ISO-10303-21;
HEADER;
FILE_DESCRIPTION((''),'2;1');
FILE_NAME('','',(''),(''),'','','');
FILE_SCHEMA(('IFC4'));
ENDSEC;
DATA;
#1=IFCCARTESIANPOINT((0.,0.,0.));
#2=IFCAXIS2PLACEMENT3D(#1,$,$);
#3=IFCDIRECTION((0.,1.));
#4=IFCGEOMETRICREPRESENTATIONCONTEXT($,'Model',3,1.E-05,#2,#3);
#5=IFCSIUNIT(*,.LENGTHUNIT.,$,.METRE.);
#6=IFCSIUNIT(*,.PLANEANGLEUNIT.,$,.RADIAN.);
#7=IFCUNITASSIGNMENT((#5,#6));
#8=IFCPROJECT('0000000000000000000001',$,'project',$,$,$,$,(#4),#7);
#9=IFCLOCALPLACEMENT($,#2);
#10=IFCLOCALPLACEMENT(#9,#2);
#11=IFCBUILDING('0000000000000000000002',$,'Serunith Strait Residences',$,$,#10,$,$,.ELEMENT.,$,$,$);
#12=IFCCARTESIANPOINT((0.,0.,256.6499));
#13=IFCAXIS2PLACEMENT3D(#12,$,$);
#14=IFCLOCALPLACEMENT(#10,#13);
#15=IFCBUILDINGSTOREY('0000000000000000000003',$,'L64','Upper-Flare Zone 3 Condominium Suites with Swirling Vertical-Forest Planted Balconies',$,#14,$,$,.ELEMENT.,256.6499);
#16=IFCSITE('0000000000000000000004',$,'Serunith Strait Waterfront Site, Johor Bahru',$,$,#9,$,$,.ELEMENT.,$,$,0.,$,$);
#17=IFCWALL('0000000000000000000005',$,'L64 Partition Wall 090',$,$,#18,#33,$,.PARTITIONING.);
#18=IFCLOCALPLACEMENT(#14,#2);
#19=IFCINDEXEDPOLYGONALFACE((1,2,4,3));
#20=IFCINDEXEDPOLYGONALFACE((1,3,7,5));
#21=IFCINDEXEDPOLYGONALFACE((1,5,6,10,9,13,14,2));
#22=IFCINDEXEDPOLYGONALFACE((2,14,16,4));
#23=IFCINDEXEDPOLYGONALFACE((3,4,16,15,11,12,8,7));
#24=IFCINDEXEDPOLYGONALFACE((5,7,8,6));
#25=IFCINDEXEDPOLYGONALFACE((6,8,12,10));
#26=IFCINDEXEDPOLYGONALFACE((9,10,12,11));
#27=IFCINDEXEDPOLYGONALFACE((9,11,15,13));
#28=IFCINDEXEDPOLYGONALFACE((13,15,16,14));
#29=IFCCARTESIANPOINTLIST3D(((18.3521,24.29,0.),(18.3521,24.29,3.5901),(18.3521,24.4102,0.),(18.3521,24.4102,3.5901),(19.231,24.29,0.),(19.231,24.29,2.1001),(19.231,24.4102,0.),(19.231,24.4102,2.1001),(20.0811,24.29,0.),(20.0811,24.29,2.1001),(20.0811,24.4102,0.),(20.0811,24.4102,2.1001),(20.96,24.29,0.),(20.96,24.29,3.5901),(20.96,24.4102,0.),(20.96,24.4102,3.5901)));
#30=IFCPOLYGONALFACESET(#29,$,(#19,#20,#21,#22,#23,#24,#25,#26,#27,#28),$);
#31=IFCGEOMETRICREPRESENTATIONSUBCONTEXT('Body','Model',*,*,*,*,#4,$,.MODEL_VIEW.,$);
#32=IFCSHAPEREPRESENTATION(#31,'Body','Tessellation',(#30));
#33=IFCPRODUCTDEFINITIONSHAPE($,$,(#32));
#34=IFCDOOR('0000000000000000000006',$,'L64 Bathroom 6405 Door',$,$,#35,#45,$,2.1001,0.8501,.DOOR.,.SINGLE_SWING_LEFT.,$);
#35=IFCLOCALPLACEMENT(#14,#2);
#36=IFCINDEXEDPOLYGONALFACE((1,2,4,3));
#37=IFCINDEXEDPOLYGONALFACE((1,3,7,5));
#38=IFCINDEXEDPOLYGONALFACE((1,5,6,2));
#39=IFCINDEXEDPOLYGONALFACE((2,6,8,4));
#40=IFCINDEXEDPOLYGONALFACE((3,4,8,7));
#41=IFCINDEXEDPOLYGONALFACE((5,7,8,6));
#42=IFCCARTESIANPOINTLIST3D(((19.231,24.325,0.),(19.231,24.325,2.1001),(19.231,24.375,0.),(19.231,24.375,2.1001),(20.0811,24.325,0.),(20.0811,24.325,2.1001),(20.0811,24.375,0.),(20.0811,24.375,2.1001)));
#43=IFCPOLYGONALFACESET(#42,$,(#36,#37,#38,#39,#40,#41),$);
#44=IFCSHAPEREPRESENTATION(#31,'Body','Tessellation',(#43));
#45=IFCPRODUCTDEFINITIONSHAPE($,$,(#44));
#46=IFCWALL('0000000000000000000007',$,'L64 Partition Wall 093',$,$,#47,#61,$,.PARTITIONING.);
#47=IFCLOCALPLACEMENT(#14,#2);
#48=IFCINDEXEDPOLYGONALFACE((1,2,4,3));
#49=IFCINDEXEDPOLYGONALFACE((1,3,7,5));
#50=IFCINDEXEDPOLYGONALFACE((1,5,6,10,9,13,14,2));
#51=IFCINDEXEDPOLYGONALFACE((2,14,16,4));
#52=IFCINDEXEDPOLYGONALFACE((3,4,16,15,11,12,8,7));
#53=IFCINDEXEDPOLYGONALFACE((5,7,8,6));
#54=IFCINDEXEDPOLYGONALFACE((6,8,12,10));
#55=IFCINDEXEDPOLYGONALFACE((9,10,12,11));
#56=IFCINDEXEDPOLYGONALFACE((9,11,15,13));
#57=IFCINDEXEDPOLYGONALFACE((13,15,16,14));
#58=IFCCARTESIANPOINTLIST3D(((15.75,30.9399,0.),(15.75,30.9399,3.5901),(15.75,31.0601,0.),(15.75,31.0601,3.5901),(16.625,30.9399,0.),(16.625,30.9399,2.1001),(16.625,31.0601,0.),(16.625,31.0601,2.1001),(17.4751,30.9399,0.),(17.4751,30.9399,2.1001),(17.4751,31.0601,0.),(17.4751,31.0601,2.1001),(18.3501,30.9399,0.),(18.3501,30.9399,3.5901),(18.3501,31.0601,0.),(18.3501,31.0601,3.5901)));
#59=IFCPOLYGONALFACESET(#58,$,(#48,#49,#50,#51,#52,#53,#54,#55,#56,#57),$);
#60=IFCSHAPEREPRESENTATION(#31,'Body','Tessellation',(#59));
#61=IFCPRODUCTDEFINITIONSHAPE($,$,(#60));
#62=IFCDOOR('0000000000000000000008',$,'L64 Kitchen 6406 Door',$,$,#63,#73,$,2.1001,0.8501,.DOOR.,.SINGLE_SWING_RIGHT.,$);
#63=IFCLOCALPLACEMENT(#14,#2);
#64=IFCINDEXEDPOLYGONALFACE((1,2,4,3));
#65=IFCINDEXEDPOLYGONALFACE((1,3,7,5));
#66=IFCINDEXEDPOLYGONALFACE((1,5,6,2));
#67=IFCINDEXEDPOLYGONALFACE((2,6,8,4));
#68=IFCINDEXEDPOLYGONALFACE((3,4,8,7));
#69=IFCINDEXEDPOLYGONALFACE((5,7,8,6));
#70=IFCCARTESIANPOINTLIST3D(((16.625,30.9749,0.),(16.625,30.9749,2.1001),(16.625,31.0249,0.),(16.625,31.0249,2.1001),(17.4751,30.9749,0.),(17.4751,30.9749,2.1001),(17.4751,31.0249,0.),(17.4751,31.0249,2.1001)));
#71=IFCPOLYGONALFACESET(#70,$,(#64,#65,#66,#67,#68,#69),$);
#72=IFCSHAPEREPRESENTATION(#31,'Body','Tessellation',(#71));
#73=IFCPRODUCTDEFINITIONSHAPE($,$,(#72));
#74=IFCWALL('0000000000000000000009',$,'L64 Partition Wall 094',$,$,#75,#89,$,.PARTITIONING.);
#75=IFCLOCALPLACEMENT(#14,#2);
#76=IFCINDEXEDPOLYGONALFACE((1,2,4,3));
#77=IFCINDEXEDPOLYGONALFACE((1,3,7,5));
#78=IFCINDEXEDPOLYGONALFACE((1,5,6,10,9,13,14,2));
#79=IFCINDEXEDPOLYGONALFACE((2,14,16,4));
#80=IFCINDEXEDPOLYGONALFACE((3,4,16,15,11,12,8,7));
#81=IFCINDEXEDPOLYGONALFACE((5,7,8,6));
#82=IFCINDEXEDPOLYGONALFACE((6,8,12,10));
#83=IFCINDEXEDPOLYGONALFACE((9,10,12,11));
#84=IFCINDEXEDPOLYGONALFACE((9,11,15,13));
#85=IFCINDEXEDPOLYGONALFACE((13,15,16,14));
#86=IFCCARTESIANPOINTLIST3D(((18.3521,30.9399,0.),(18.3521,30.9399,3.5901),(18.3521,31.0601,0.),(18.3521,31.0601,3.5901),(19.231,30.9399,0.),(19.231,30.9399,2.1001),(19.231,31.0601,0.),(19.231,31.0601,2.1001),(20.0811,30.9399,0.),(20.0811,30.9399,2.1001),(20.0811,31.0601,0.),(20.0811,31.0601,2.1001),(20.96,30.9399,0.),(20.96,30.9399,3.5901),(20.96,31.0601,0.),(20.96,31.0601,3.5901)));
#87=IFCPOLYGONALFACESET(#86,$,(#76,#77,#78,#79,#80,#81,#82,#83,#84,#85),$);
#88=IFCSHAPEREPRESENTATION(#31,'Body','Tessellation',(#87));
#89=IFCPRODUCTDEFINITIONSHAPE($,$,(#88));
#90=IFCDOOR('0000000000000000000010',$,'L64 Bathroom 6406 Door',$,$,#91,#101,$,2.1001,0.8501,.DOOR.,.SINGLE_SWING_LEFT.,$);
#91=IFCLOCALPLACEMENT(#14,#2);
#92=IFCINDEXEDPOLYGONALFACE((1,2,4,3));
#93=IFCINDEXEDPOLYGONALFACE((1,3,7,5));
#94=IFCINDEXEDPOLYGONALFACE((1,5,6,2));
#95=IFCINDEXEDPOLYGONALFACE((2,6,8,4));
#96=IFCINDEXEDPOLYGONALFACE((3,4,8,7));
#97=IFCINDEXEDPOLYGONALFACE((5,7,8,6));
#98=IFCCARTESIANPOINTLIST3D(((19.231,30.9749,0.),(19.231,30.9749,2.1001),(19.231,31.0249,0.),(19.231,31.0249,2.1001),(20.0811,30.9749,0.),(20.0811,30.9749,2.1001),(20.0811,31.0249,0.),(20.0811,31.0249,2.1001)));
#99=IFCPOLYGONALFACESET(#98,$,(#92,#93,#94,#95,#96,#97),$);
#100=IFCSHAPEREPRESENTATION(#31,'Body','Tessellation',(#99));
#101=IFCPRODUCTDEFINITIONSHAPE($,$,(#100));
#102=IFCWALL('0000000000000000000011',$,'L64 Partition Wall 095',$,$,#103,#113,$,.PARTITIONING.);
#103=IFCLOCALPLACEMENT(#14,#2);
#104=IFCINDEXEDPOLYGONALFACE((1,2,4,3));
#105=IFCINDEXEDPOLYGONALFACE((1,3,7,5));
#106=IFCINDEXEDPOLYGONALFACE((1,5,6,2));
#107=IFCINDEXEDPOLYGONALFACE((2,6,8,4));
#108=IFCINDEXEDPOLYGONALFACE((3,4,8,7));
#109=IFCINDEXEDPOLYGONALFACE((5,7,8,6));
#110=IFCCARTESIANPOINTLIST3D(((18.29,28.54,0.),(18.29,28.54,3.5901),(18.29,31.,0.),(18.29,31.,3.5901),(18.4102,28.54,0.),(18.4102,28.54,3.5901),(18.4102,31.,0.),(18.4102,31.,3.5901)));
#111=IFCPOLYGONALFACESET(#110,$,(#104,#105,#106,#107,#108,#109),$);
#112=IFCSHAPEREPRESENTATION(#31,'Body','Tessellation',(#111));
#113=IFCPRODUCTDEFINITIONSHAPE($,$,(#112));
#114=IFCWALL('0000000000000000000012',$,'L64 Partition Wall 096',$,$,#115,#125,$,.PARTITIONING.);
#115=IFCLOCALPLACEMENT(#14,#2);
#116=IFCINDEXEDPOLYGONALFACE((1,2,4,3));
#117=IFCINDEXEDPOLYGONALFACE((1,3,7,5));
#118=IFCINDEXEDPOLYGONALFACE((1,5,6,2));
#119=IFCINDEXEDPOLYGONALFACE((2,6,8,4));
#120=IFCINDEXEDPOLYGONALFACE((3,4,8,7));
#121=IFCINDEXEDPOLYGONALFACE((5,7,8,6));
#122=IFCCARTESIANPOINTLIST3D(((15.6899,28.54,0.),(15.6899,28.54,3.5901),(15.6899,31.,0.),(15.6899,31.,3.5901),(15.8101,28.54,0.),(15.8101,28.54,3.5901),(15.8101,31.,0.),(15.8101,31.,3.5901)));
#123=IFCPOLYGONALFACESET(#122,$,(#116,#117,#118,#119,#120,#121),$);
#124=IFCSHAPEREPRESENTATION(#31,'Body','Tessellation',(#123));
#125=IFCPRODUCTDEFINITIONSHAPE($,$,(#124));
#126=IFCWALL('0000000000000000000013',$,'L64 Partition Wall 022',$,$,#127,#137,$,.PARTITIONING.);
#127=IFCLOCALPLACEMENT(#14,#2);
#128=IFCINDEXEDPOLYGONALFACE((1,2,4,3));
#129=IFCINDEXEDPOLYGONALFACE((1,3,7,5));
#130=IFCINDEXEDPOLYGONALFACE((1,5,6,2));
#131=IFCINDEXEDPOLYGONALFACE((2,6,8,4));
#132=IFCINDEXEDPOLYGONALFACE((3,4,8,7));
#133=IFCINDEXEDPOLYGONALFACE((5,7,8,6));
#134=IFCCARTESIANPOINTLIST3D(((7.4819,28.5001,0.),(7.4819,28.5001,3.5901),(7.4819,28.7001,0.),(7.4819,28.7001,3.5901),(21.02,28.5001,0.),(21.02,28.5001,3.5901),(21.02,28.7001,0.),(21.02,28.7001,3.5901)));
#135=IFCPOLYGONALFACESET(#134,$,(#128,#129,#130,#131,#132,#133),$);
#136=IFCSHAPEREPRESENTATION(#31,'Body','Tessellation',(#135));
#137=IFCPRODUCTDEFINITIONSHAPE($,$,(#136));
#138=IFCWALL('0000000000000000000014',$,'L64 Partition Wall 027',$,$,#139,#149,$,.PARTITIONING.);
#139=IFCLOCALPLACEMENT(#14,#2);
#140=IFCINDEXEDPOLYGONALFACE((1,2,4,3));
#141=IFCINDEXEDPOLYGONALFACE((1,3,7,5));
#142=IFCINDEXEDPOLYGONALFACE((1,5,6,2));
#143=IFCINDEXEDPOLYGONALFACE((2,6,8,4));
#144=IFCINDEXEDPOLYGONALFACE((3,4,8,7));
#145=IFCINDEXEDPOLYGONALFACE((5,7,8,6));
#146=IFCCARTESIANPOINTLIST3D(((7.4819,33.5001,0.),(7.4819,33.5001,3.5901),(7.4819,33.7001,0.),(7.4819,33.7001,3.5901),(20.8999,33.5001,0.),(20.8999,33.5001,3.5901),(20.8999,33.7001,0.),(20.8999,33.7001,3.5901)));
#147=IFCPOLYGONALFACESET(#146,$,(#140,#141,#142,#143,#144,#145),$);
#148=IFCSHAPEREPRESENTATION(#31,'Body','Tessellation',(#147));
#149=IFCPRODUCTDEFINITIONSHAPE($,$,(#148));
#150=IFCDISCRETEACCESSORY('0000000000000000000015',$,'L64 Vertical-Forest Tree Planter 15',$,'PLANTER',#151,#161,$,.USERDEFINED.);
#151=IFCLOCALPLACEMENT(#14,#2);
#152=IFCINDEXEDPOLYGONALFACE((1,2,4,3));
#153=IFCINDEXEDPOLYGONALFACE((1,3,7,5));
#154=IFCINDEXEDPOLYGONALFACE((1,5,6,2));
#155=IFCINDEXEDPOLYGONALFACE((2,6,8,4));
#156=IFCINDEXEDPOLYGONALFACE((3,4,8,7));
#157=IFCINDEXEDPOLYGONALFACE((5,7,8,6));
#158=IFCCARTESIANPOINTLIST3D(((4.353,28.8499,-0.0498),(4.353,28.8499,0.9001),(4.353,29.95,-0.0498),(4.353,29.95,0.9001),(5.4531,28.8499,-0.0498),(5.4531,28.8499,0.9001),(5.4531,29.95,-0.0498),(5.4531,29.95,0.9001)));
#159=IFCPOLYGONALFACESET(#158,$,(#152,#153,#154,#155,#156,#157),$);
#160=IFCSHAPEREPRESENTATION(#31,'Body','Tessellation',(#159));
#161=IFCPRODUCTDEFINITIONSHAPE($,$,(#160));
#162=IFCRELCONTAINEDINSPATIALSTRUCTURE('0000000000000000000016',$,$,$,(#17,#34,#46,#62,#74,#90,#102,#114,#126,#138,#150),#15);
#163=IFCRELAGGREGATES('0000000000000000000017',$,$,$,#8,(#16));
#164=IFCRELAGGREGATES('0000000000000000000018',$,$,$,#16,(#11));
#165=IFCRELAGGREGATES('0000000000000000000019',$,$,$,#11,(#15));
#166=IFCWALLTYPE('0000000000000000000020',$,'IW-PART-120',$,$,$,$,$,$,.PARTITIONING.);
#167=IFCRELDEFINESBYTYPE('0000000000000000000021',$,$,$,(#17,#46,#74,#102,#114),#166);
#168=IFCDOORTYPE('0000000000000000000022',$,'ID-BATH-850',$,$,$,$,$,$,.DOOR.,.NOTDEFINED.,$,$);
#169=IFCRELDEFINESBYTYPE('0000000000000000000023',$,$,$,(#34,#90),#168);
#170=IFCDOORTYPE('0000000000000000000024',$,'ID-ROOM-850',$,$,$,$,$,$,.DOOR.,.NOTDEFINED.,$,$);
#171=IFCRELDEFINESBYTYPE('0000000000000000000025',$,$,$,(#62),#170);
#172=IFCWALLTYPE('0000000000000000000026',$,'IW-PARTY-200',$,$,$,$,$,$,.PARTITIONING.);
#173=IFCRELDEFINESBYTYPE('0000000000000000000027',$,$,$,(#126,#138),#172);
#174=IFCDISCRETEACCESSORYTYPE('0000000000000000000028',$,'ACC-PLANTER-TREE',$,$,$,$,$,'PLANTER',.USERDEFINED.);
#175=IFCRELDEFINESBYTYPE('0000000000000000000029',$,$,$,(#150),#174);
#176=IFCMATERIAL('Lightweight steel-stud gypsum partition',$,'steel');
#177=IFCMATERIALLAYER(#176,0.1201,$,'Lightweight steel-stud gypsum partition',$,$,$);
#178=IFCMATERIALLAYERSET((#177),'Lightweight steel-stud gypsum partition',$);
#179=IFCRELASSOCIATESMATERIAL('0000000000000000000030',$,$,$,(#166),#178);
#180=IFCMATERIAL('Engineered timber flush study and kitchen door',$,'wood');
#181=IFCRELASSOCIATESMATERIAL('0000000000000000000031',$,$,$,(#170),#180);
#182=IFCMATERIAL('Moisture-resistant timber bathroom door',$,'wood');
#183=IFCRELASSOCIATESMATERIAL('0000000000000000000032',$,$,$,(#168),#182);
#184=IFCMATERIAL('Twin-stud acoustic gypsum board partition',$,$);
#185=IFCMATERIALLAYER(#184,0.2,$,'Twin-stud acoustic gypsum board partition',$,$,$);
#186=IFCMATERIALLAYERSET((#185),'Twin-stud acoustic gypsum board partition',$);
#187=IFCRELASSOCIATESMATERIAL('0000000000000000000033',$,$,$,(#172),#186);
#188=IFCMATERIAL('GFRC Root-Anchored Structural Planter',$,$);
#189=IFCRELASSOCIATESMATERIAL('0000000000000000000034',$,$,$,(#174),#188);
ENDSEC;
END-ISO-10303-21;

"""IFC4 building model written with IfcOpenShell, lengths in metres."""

from ifc_helpers import new_model, si_unit, direction, frame, frame_2d, origin, origin_2d, place, context, subcontext, project, spatial, rectangle, extrude, source, transform, mapped, material, layer, layer_set, type_object, element, fill, save


model = new_model("IFC4")

# Units and contexts
model_context = context("Model", 3, precision=1e-05, world=origin(), true_north=direction((0.0, 1.0)))
body_context = subcontext(model_context, "Body", "Model", "MODEL_VIEW")
ifc_project = project(units=[si_unit("LENGTHUNIT", "METRE"), si_unit("PLANEANGLEUNIT", "RADIAN")], contexts=[model_context])

# Site, building, storey
site_placement = place(None, origin())
site = spatial("IfcSite", under=ifc_project, at=site_placement, Name="Serunith Strait Waterfront Site, Johor Bahru", CompositionType="ELEMENT", RefElevation=0.0)
building_placement = place(site_placement, origin())
building = spatial("IfcBuilding", under=site, at=building_placement, Name="Serunith Strait Residences", CompositionType="ELEMENT")
storey_placement = place(building_placement, frame((0.0, 0.0, 256.6499)))
storey = spatial("IfcBuildingStorey", under=building, at=storey_placement, Name="L64", Description="Upper-Flare Zone 3 Condominium Suites with Swirling Vertical-Forest Planted Balconies", CompositionType="ELEMENT", Elevation=256.6499)

# Walls, openings, doors
ifc_material_1 = material(Name="Lightweight steel-stud gypsum partition", Category="steel")
ifc_layer_1 = layer(ifc_material_1, 0.1201, Name="Lightweight steel-stud gypsum partition")
ifc_layer_set_1 = layer_set([ifc_layer_1], Name="Lightweight steel-stud gypsum partition")
wall_type_1 = type_object("IfcWallType", Name="IW-PART-120", PredefinedType="PARTITIONING", material=ifc_layer_set_1)
ifc_material_2 = material(Name="Engineered timber flush study and kitchen door", Category="wood")
door_type_1 = type_object("IfcDoorType", Name="ID-ROOM-850", OperationType="NOTDEFINED", PredefinedType="DOOR", material=ifc_material_2)
shared_shape_1 = source(origin(), body_context, "Body", "SweptSolid", [
    extrude(rectangle(XDim=0.8501, YDim=2.1001, at=frame_2d((0.425, 1.05))), frame((0.0, 0.0249, 0.0), z_axis=(0.0, -1.0, 0.0), x_axis=(1.0, 0.0, 0.0)), (0.0, 0.0, 1.0), 0.05),
])
wall_1_placement = place(storey_placement, frame((18.3521, 24.3501, 0.0), z_axis=(0.0, 0.0, 1.0), x_axis=(1.0, 0.0, 0.0)))
wall_1 = element("IfcWall", 1, at=wall_1_placement, inside=storey, type_object=wall_type_1, Name="L64 Partition Wall 090", PredefinedType="PARTITIONING", context=body_context, shape_type="SweptSolid", body=[
    extrude(rectangle(XDim=2.6079, YDim=0.1201, at=frame_2d((1.304, 0.0))), origin(), (0.0, 0.0, 1.0), 3.5901),
])
opening_1_placement = place(wall_1_placement, frame((0.8789, 0.0, 0.0)))
opening_1 = element("IfcOpeningElement", 2, at=opening_1_placement, cuts=wall_1, PredefinedType="OPENING", context=body_context, shape_type="SweptSolid", body=[
    extrude(rectangle(XDim=0.8501, YDim=2.1001, at=frame_2d((0.425, 1.05))), frame((0.0, 0.0701, 0.0), z_axis=(0.0, -1.0, 0.0), x_axis=(1.0, 0.0, 0.0)), (0.0, 0.0, 1.0), 0.1401),
])
ifc_material_3 = material(Name="Moisture-resistant timber bathroom door", Category="wood")
door_type_2 = type_object("IfcDoorType", Name="ID-BATH-850", OperationType="NOTDEFINED", PredefinedType="DOOR", material=ifc_material_3)
door_1_placement = place(opening_1_placement, origin())
door_1 = element("IfcDoor", 3, at=door_1_placement, inside=storey, type_object=door_type_2, Name="L64 Bathroom 6405 Door", OperationType="SINGLE_SWING_LEFT", OverallHeight=2.1001, OverallWidth=0.8501, PredefinedType="DOOR", context=body_context, shape_type="MappedRepresentation", body=[
    mapped(shared_shape_1, transform((0.0, 0.0, 0.0), scale=1.0)),
])
fill(opening_1, door_1)
wall_2_placement = place(storey_placement, frame((15.75, 31.0, 0.0), z_axis=(0.0, 0.0, 1.0), x_axis=(1.0, 0.0, 0.0)))
wall_2 = element("IfcWall", 4, at=wall_2_placement, inside=storey, type_object=wall_type_1, Name="L64 Partition Wall 093", PredefinedType="PARTITIONING", context=body_context, shape_type="SweptSolid", body=[
    extrude(rectangle(XDim=2.6001, YDim=0.1201, at=frame_2d((1.3, 0.0))), origin(), (0.0, 0.0, 1.0), 3.5901),
])
opening_2_placement = place(wall_2_placement, frame((0.875, 0.0, 0.0)))
opening_2 = element("IfcOpeningElement", 5, at=opening_2_placement, cuts=wall_2, PredefinedType="OPENING", context=body_context, shape_type="SweptSolid", body=[
    extrude(rectangle(XDim=0.8501, YDim=2.1001, at=frame_2d((0.425, 1.05))), frame((0.0, 0.0701, 0.0), z_axis=(0.0, -1.0, 0.0), x_axis=(1.0, 0.0, 0.0)), (0.0, 0.0, 1.0), 0.1401),
])
door_2_placement = place(opening_2_placement, origin())
door_2 = element("IfcDoor", 6, at=door_2_placement, inside=storey, type_object=door_type_1, Name="L64 Kitchen 6406 Door", OperationType="SINGLE_SWING_RIGHT", OverallHeight=2.1001, OverallWidth=0.8501, PredefinedType="DOOR", context=body_context, shape_type="MappedRepresentation", body=[
    mapped(shared_shape_1, transform((0.0, 0.0, 0.0), scale=1.0)),
])
fill(opening_2, door_2)
wall_3_placement = place(storey_placement, frame((18.3521, 31.0, 0.0), z_axis=(0.0, 0.0, 1.0), x_axis=(1.0, 0.0, 0.0)))
wall_3 = element("IfcWall", 7, at=wall_3_placement, inside=storey, type_object=wall_type_1, Name="L64 Partition Wall 094", PredefinedType="PARTITIONING", context=body_context, shape_type="SweptSolid", body=[
    extrude(rectangle(XDim=2.6079, YDim=0.1201, at=frame_2d((1.304, 0.0))), origin(), (0.0, 0.0, 1.0), 3.5901),
])
opening_3_placement = place(wall_3_placement, frame((0.8789, 0.0, 0.0)))
opening_3 = element("IfcOpeningElement", 8, at=opening_3_placement, cuts=wall_3, PredefinedType="OPENING", context=body_context, shape_type="SweptSolid", body=[
    extrude(rectangle(XDim=0.8501, YDim=2.1001, at=frame_2d((0.425, 1.05))), frame((0.0, 0.0701, 0.0), z_axis=(0.0, -1.0, 0.0), x_axis=(1.0, 0.0, 0.0)), (0.0, 0.0, 1.0), 0.1401),
])
door_3_placement = place(opening_3_placement, origin())
door_3 = element("IfcDoor", 9, at=door_3_placement, inside=storey, type_object=door_type_2, Name="L64 Bathroom 6406 Door", OperationType="SINGLE_SWING_LEFT", OverallHeight=2.1001, OverallWidth=0.8501, PredefinedType="DOOR", context=body_context, shape_type="MappedRepresentation", body=[
    mapped(shared_shape_1, transform((0.0, 0.0, 0.0), scale=1.0)),
])
fill(opening_3, door_3)

# Walls
for number, where, z_axis, x_axis, name in (
    (10, (18.3501, 28.54, 0.0), (0.0, 0.0, 1.0), (0.0, 1.0, 0.0), "L64 Partition Wall 095"),
    (11, (15.75, 28.54, 0.0), (0.0, 0.0, 1.0), (0.0, 1.0, 0.0), "L64 Partition Wall 096"),
):
    element("IfcWall", number, at=place(storey_placement, frame(where, z_axis=z_axis, x_axis=x_axis)), inside=storey, type_object=wall_type_1, Name=name, PredefinedType="PARTITIONING", context=body_context, shape_type="SweptSolid", body=[
        extrude(rectangle(XDim=2.46, YDim=0.1201, at=frame_2d((1.23, 0.0))), origin(), (0.0, 0.0, 1.0), 3.5901),
    ])
ifc_material_4 = material(Name="Twin-stud acoustic gypsum board partition")
ifc_layer_2 = layer(ifc_material_4, 0.2, Name="Twin-stud acoustic gypsum board partition")
ifc_layer_set_2 = layer_set([ifc_layer_2], Name="Twin-stud acoustic gypsum board partition")
wall_type_2 = type_object("IfcWallType", Name="IW-PARTY-200", PredefinedType="PARTITIONING", material=ifc_layer_set_2)
wall_4_placement = place(storey_placement, frame((7.4819, 28.6001, 0.0), z_axis=(0.0, 0.0, 1.0), x_axis=(1.0, 0.0, 0.0)))
element("IfcWall", 12, at=wall_4_placement, inside=storey, type_object=wall_type_2, Name="L64 Partition Wall 022", PredefinedType="PARTITIONING", context=body_context, shape_type="SweptSolid", body=[
    extrude(rectangle(XDim=13.5381, YDim=0.2, at=frame_2d((6.769, 0.0))), origin(), (0.0, 0.0, 1.0), 3.5901),
])
wall_5_placement = place(storey_placement, frame((7.4819, 33.6001, 0.0), z_axis=(0.0, 0.0, 1.0), x_axis=(1.0, 0.0, 0.0)))
element("IfcWall", 13, at=wall_5_placement, inside=storey, type_object=wall_type_2, Name="L64 Partition Wall 027", PredefinedType="PARTITIONING", context=body_context, shape_type="SweptSolid", body=[
    extrude(rectangle(XDim=13.418, YDim=0.2, at=frame_2d((6.709, 0.0))), origin(), (0.0, 0.0, 1.0), 3.5901),
])

# Discrete accessory
ifc_material_5 = material(Name="GFRC Root-Anchored Structural Planter")
discrete_accessory_type = type_object("IfcDiscreteAccessoryType", Name="ACC-PLANTER-TREE", ElementType="PLANTER", PredefinedType="USERDEFINED", material=ifc_material_5)
shared_shape_2 = source(origin(), body_context, "Body", "SweptSolid", [
    extrude(rectangle(XDim=1.1001, YDim=1.1001, at=origin_2d()), origin(), (0.0, 0.0, 1.0), 0.95),
])
discrete_accessory_placement = place(storey_placement, frame((4.9031, 29.3999, -0.0498), z_axis=(0.0, 0.0, 1.0), x_axis=(0.0, -1.0, 0.0)))
element("IfcDiscreteAccessory", 14, at=discrete_accessory_placement, inside=storey, type_object=discrete_accessory_type, Name="L64 Vertical-Forest Tree Planter 15", ObjectType="PLANTER", PredefinedType="USERDEFINED", context=body_context, shape_type="MappedRepresentation", body=[
    mapped(shared_shape_2, transform((0.0, 0.0, 0.0), scale=1.0)),
])

save(model, "model.ifc")
